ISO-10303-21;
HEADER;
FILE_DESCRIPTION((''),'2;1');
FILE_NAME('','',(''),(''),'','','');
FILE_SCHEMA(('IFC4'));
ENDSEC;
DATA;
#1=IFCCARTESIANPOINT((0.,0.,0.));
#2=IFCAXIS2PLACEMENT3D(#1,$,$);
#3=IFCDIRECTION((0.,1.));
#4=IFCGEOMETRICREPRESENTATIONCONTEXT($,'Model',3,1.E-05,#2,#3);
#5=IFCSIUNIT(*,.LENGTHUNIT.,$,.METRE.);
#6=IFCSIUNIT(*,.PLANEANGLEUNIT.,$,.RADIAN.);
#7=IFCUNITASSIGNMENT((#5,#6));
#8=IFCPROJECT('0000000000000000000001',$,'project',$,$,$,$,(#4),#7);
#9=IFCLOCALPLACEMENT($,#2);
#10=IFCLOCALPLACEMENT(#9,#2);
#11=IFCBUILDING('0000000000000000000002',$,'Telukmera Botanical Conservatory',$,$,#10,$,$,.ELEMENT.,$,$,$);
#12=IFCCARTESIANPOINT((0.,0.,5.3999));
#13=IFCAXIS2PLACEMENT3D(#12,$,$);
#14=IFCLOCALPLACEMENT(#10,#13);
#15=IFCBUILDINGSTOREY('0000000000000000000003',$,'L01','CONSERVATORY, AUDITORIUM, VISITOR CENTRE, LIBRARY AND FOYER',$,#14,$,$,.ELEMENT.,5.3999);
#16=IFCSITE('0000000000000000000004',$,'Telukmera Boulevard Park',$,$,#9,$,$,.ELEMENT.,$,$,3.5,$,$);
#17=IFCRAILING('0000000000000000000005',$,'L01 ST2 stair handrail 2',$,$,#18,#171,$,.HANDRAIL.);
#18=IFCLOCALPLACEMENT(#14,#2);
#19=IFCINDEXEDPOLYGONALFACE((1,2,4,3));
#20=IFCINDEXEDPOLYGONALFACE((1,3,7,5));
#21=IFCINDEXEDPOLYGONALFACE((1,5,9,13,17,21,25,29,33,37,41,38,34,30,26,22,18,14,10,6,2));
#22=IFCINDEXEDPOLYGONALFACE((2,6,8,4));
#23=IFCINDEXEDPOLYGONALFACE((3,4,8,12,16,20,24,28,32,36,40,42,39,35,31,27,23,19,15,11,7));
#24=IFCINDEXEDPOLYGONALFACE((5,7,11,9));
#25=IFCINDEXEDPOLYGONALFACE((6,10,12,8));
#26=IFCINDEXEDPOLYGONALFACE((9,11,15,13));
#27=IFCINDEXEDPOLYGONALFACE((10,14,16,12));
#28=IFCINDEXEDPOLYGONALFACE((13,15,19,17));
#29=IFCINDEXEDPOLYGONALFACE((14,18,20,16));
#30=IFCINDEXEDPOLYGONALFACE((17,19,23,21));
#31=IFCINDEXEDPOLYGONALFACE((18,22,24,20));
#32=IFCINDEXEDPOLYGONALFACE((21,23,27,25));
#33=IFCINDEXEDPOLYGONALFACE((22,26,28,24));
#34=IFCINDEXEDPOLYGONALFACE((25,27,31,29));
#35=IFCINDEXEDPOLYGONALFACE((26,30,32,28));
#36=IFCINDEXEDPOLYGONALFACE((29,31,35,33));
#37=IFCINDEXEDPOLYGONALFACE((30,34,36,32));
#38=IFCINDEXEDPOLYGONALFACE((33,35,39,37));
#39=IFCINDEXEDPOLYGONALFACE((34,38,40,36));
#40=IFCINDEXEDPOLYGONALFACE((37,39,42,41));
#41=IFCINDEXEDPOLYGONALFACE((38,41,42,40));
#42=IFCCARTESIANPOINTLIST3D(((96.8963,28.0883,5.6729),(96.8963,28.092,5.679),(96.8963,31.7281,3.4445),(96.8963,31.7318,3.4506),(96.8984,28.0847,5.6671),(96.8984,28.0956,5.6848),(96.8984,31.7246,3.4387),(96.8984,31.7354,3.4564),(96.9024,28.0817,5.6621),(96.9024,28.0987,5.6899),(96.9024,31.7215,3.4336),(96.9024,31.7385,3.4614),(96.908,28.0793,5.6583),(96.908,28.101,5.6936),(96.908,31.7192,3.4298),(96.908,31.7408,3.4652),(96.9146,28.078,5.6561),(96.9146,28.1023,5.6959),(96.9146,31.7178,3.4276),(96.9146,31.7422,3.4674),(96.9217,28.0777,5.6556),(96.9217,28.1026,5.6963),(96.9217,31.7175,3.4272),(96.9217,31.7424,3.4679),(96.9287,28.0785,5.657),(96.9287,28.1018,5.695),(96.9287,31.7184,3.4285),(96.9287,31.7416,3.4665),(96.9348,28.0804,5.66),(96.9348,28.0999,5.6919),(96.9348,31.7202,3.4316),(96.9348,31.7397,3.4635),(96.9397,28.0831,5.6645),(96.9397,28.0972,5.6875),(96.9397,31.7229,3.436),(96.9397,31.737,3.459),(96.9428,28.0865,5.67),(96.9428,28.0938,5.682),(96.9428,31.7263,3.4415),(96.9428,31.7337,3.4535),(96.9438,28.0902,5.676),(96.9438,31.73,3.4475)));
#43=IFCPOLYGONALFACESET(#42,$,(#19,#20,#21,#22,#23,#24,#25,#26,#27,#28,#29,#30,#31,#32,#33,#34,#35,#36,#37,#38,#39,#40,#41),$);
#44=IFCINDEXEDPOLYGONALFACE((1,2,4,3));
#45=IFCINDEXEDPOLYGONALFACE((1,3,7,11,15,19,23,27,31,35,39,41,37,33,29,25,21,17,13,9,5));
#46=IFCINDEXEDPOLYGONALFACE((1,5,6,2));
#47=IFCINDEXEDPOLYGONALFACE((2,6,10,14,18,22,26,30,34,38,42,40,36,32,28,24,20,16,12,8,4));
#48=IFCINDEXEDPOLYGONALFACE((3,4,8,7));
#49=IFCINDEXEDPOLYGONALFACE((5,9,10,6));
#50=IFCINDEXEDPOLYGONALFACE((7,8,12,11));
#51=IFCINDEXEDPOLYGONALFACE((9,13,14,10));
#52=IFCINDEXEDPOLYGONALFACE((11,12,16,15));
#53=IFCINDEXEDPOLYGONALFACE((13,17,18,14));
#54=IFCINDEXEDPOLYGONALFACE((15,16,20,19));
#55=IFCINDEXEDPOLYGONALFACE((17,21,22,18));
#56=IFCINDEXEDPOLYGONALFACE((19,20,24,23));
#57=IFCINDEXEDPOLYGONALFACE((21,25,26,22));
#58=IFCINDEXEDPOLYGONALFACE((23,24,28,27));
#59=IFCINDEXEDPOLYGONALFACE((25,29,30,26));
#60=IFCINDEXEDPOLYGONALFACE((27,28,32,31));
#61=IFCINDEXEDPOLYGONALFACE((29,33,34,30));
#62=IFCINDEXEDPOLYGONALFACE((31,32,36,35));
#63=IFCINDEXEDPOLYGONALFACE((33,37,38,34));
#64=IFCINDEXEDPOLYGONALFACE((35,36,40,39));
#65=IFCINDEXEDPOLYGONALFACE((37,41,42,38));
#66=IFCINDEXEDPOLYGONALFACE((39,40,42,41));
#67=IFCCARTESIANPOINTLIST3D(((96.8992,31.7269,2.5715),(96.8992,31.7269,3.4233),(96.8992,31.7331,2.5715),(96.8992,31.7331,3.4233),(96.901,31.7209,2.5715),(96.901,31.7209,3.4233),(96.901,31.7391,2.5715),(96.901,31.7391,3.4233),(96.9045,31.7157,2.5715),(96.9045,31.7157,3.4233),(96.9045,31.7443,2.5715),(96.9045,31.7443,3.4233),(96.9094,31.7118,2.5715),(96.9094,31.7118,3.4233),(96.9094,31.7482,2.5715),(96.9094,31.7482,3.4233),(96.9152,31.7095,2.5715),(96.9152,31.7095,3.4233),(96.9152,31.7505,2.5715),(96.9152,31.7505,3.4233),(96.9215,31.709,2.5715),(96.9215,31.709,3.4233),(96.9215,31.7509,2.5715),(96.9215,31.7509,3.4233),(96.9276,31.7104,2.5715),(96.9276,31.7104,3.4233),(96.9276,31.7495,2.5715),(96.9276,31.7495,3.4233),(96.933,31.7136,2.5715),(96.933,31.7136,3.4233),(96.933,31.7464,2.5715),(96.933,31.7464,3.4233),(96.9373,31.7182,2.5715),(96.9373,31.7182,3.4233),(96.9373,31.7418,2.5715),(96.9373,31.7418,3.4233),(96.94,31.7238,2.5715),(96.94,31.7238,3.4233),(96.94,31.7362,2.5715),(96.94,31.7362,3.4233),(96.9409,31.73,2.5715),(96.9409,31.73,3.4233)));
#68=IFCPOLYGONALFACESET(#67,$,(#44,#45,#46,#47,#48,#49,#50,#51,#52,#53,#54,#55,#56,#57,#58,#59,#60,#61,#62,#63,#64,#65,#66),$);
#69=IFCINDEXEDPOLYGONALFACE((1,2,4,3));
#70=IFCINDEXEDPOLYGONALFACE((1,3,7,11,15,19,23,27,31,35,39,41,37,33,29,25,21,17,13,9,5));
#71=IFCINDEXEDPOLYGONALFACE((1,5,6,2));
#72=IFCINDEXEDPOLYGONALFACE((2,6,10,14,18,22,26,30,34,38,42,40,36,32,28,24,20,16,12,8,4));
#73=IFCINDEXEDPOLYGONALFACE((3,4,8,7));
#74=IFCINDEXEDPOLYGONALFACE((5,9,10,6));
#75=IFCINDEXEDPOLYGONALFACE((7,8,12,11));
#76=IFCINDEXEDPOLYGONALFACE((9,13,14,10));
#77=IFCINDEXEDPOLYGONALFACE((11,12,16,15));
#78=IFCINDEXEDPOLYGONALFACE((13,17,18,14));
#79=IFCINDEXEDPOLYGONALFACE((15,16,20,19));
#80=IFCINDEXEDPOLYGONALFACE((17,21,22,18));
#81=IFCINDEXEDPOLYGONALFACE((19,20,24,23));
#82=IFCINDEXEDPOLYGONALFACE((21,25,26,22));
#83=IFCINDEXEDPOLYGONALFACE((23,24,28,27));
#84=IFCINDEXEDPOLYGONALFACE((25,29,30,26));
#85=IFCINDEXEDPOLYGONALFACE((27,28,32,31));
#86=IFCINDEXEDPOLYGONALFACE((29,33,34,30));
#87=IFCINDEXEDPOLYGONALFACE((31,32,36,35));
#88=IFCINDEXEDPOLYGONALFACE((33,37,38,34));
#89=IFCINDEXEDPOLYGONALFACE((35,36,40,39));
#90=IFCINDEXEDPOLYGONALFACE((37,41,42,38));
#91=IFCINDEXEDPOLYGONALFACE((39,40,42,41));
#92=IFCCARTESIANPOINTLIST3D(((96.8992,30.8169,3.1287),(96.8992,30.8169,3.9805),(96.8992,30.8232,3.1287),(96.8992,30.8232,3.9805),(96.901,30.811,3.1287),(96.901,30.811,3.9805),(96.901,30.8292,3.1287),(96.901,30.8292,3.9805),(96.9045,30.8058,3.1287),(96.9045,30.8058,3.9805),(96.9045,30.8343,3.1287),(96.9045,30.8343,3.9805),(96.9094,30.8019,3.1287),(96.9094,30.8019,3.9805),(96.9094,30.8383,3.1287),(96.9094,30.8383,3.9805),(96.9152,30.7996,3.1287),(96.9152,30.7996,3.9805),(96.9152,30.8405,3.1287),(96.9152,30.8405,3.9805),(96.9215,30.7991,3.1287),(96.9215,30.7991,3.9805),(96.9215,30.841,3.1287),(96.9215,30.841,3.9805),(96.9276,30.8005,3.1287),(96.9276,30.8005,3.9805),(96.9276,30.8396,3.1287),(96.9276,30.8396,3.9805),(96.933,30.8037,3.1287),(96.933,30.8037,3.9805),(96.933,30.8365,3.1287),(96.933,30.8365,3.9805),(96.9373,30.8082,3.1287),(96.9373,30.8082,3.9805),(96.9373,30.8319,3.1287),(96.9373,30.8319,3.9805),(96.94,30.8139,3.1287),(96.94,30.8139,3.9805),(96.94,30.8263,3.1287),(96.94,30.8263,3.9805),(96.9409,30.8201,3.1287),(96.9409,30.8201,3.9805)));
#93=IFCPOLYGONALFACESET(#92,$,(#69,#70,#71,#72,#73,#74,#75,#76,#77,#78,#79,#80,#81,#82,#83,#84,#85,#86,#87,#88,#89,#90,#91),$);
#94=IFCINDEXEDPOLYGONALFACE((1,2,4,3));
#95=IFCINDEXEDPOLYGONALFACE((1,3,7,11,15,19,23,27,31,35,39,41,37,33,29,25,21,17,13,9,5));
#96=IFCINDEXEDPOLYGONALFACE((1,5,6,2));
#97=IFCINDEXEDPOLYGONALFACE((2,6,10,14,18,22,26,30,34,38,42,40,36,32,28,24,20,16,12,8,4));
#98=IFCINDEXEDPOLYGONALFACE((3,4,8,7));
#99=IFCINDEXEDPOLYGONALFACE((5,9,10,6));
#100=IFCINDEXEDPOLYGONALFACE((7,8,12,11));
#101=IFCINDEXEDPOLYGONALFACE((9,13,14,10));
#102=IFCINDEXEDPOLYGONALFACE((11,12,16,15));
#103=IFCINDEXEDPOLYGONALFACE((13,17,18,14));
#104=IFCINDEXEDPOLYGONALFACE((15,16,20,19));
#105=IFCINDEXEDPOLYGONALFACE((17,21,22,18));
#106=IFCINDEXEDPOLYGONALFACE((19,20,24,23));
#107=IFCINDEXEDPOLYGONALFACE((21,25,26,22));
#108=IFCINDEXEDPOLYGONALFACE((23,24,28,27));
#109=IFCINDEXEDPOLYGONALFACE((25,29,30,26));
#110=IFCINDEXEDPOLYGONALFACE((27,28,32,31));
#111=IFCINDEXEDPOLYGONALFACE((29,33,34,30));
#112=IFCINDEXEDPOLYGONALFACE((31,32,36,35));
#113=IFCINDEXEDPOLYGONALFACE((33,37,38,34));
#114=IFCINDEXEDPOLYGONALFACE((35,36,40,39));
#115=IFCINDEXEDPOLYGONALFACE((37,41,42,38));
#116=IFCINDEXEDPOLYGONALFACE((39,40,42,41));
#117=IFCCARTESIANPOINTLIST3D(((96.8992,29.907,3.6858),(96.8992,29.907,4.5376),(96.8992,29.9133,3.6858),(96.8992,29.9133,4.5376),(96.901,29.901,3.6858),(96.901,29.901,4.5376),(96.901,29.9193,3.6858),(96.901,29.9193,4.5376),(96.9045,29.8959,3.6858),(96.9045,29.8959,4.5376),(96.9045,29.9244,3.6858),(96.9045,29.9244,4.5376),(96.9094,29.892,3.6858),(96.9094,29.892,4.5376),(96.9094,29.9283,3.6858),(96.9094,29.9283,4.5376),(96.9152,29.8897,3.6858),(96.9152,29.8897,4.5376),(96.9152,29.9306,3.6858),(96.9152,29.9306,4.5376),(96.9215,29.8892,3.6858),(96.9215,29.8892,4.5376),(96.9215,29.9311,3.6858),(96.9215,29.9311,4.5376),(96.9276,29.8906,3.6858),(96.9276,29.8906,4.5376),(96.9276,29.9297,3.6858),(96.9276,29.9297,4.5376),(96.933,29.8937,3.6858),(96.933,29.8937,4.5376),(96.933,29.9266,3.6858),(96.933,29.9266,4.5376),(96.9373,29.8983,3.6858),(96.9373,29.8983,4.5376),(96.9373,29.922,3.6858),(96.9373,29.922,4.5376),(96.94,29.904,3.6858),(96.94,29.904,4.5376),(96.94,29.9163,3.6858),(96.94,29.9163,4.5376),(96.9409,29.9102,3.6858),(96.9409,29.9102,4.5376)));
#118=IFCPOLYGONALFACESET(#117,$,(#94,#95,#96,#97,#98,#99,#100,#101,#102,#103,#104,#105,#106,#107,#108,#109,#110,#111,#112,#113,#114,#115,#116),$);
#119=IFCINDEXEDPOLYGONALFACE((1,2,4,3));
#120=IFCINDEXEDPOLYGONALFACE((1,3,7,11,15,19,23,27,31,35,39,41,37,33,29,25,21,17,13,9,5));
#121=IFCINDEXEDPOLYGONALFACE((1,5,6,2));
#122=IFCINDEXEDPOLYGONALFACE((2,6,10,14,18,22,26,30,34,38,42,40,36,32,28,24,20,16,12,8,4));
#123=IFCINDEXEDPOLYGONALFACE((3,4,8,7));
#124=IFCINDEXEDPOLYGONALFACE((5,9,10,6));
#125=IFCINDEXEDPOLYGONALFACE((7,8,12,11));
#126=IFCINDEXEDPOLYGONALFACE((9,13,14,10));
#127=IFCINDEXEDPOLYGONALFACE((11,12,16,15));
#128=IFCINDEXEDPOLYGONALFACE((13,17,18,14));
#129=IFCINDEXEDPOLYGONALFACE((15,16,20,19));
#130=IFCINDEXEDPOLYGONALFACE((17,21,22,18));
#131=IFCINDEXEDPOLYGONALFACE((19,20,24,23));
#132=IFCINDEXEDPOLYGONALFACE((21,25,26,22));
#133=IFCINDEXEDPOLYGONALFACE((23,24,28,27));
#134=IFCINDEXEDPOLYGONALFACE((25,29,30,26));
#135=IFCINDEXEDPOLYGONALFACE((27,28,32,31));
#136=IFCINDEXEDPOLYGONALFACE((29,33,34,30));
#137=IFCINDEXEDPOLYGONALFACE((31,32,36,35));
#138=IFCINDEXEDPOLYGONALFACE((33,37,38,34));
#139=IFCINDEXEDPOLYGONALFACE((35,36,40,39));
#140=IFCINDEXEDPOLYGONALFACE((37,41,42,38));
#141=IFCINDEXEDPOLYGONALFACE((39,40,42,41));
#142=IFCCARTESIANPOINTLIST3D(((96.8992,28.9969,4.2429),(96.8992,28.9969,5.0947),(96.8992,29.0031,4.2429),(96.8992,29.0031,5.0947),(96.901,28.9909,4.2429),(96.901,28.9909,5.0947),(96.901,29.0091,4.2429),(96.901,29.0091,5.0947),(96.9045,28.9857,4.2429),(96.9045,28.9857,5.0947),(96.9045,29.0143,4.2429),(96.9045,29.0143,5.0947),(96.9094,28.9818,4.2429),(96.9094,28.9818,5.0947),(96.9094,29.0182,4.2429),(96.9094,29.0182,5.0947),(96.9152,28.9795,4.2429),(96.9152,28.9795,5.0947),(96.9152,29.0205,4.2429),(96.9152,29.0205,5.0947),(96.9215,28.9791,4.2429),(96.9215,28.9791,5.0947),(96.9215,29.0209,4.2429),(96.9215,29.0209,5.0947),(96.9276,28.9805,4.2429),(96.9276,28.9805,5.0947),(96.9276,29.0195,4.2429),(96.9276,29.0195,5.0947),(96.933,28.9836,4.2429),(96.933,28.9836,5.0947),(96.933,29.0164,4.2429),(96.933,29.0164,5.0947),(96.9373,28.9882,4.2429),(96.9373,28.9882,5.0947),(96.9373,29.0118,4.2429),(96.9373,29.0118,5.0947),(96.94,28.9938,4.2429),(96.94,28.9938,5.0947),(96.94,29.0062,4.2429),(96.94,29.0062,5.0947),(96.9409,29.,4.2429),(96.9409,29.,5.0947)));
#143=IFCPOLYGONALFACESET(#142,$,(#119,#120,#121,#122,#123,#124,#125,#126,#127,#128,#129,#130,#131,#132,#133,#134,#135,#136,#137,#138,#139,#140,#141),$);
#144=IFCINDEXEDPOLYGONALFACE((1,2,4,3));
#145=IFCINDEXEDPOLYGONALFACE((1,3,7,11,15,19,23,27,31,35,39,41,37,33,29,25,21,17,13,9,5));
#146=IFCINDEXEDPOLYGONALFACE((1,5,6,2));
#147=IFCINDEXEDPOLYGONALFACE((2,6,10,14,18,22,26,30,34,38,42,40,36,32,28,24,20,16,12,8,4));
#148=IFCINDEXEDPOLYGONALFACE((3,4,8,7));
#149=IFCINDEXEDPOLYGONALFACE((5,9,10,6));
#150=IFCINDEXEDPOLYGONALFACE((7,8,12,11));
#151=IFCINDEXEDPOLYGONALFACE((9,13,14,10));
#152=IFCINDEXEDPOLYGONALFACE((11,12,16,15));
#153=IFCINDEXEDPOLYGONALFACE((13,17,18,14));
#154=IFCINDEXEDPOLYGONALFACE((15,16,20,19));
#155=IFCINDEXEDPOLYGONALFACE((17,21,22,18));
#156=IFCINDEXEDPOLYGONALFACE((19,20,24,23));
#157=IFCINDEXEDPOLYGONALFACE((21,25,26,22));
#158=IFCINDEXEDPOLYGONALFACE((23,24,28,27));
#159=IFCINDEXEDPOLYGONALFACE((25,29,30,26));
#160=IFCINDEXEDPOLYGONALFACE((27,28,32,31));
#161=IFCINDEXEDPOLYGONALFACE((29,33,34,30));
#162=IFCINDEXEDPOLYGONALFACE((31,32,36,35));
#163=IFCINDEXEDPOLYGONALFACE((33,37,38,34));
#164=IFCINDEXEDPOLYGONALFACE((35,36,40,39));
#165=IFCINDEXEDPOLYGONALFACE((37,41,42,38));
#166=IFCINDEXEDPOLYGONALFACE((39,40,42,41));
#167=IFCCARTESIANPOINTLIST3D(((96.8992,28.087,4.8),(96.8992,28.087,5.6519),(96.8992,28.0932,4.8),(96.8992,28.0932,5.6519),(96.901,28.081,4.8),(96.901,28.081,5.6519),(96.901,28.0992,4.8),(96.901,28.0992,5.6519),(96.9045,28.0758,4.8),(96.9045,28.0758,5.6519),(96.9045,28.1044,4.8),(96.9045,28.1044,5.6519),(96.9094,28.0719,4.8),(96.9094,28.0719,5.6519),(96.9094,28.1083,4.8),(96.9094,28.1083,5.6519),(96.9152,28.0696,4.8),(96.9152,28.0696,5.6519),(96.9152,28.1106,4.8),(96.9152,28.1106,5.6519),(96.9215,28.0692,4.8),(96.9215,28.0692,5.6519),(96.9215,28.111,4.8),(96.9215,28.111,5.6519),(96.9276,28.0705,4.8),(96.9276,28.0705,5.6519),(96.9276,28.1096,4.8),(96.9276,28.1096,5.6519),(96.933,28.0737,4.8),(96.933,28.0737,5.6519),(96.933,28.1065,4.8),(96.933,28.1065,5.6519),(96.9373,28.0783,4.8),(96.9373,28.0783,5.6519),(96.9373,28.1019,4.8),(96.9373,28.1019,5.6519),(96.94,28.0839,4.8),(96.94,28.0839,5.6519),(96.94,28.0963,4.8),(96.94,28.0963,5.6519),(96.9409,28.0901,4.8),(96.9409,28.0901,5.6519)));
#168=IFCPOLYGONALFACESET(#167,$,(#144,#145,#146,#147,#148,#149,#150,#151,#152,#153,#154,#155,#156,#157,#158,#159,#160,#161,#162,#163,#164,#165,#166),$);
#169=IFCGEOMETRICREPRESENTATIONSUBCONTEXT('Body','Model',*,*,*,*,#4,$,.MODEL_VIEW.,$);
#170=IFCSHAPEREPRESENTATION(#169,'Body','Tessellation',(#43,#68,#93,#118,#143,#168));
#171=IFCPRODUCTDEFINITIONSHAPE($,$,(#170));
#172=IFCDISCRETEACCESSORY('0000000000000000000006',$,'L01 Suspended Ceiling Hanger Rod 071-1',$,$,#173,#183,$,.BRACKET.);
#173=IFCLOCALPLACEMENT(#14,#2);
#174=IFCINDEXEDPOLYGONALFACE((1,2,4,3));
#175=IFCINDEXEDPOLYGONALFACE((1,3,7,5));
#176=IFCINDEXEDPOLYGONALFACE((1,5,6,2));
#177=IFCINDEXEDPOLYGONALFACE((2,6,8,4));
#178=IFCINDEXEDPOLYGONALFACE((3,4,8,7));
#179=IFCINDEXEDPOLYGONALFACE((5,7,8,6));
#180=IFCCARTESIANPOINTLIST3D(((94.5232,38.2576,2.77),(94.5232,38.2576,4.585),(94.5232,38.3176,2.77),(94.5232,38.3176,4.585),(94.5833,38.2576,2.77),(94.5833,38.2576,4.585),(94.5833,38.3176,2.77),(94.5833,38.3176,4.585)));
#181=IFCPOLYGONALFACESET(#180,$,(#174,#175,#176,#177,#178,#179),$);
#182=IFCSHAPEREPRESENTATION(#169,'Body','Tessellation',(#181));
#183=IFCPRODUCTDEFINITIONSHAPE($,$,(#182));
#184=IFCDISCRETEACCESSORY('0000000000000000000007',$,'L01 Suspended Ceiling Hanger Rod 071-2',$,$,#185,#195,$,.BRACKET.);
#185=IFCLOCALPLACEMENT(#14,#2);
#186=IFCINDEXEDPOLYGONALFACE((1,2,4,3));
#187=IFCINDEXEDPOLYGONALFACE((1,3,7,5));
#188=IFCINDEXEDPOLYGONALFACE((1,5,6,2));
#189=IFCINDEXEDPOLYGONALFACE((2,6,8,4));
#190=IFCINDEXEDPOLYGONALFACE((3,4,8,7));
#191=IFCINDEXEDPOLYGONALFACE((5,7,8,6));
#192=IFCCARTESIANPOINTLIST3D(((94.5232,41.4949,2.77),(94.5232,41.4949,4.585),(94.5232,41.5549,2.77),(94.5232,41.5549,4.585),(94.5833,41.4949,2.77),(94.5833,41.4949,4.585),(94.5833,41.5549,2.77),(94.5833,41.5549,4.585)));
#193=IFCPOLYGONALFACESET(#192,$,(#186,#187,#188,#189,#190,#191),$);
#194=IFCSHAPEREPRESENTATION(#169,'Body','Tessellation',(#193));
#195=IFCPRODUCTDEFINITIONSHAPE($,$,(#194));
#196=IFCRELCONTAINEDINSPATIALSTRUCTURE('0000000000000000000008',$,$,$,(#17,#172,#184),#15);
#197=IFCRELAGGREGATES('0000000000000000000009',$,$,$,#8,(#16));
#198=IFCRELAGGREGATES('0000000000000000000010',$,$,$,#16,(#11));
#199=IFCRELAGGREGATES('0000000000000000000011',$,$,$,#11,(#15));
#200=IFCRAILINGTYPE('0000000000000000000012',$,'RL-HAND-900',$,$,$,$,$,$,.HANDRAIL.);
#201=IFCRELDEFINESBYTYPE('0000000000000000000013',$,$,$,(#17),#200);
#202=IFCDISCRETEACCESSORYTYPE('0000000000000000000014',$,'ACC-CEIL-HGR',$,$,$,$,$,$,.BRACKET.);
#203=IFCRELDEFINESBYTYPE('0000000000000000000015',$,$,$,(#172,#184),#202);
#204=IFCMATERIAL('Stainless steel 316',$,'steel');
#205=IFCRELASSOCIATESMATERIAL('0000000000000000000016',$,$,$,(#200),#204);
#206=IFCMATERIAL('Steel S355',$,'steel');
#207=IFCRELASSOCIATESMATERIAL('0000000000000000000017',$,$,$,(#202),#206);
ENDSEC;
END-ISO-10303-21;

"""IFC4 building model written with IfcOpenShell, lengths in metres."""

from ifc_helpers import new_model, si_unit, direction, frame, origin, origin_2d, place, context, subcontext, project, spatial, rectangle, circle, extrude, material, type_object, element, save


model = new_model("IFC4")

# Units and contexts
model_context = context("Model", 3, precision=1e-05, world=origin(), true_north=direction((0.0, 1.0)))
body_context = subcontext(model_context, "Body", "Model", "MODEL_VIEW")
ifc_project = project(units=[si_unit("LENGTHUNIT", "METRE"), si_unit("PLANEANGLEUNIT", "RADIAN")], contexts=[model_context])

# Site, building, storey
site_placement = place(None, origin())
site = spatial("IfcSite", under=ifc_project, at=site_placement, Name="Telukmera Boulevard Park", CompositionType="ELEMENT", RefElevation=3.5)
building_placement = place(site_placement, origin())
building = spatial("IfcBuilding", under=site, at=building_placement, Name="Telukmera Botanical Conservatory", CompositionType="ELEMENT")
storey_placement = place(building_placement, frame((0.0, 0.0, 5.3999)))
storey = spatial("IfcBuildingStorey", under=building, at=storey_placement, Name="L01", Description="CONSERVATORY, AUDITORIUM, VISITOR CENTRE, LIBRARY AND FOYER", CompositionType="ELEMENT", Elevation=5.3999)

# Shared definitions
ifc_material_1 = material(Name="Stainless steel 316", Category="steel")

# Railing
ifc_material_2 = material(Name="Steel S355", Category="steel")
railing_type_1 = type_object("IfcRailingType", Name="RL-HAND-900", PredefinedType="HANDRAIL", material=ifc_material_1)
railing_1_placement = place(storey_placement, frame((96.9199, 31.73, 2.5715)))
element("IfcRailing", 1, at=railing_1_placement, inside=storey, type_object=railing_type_1, Name="L01 ST2 stair handrail 2", PredefinedType="HANDRAIL", context=body_context, shape_type="SweptSolid", body=[
    extrude(circle(Radius=0.0239, at=origin_2d()), frame((0.0, 0.0, 0.876), z_axis=(0.0, -0.85285, 0.522156), x_axis=(1.0, 0.0, 0.0)), (0.0, 0.0, 1.0), 4.2678),
    extrude(circle(Radius=0.021, at=origin_2d()), origin(), (0.0, 0.0, 1.0), 0.8518),
    extrude(circle(Radius=0.021, at=origin_2d()), frame((0.0, -0.9099, 0.5571)), (0.0, 0.0, 1.0), 0.8518),
    extrude(circle(Radius=0.021, at=origin_2d()), frame((0.0, -1.8198, 1.1143)), (0.0, 0.0, 1.0), 0.8518),
    extrude(circle(Radius=0.021, at=origin_2d()), frame((0.0, -2.73, 1.6714)), (0.0, 0.0, 1.0), 0.8518),
    extrude(circle(Radius=0.021, at=origin_2d()), frame((0.0, -3.6399, 2.2285)), (0.0, 0.0, 1.0), 0.8518),
])

# Discrete accessories
discrete_accessory_type = type_object("IfcDiscreteAccessoryType", Name="ACC-CEIL-HGR", PredefinedType="BRACKET", material=ifc_material_2)
for number, where, z_axis, x_axis, name in (
    (2, (94.5532, 38.2876, 2.77), (0.0, 0.0, 1.0), (1.0, 0.0, 0.0), "L01 Suspended Ceiling Hanger Rod 071-1"),
    (3, (94.5532, 41.5249, 2.77), (0.0, 0.0, 1.0), (1.0, 0.0, 0.0), "L01 Suspended Ceiling Hanger Rod 071-2"),
):
    element("IfcDiscreteAccessory", number, at=place(storey_placement, frame(where, z_axis=z_axis, x_axis=x_axis)), inside=storey, type_object=discrete_accessory_type, Name=name, PredefinedType="BRACKET", context=body_context, shape_type="SweptSolid", body=[
        extrude(rectangle(XDim=0.0601, YDim=0.0601, at=origin_2d()), origin(), (0.0, 0.0, 1.0), 1.8149),
    ])

save(model, "model.ifc")
